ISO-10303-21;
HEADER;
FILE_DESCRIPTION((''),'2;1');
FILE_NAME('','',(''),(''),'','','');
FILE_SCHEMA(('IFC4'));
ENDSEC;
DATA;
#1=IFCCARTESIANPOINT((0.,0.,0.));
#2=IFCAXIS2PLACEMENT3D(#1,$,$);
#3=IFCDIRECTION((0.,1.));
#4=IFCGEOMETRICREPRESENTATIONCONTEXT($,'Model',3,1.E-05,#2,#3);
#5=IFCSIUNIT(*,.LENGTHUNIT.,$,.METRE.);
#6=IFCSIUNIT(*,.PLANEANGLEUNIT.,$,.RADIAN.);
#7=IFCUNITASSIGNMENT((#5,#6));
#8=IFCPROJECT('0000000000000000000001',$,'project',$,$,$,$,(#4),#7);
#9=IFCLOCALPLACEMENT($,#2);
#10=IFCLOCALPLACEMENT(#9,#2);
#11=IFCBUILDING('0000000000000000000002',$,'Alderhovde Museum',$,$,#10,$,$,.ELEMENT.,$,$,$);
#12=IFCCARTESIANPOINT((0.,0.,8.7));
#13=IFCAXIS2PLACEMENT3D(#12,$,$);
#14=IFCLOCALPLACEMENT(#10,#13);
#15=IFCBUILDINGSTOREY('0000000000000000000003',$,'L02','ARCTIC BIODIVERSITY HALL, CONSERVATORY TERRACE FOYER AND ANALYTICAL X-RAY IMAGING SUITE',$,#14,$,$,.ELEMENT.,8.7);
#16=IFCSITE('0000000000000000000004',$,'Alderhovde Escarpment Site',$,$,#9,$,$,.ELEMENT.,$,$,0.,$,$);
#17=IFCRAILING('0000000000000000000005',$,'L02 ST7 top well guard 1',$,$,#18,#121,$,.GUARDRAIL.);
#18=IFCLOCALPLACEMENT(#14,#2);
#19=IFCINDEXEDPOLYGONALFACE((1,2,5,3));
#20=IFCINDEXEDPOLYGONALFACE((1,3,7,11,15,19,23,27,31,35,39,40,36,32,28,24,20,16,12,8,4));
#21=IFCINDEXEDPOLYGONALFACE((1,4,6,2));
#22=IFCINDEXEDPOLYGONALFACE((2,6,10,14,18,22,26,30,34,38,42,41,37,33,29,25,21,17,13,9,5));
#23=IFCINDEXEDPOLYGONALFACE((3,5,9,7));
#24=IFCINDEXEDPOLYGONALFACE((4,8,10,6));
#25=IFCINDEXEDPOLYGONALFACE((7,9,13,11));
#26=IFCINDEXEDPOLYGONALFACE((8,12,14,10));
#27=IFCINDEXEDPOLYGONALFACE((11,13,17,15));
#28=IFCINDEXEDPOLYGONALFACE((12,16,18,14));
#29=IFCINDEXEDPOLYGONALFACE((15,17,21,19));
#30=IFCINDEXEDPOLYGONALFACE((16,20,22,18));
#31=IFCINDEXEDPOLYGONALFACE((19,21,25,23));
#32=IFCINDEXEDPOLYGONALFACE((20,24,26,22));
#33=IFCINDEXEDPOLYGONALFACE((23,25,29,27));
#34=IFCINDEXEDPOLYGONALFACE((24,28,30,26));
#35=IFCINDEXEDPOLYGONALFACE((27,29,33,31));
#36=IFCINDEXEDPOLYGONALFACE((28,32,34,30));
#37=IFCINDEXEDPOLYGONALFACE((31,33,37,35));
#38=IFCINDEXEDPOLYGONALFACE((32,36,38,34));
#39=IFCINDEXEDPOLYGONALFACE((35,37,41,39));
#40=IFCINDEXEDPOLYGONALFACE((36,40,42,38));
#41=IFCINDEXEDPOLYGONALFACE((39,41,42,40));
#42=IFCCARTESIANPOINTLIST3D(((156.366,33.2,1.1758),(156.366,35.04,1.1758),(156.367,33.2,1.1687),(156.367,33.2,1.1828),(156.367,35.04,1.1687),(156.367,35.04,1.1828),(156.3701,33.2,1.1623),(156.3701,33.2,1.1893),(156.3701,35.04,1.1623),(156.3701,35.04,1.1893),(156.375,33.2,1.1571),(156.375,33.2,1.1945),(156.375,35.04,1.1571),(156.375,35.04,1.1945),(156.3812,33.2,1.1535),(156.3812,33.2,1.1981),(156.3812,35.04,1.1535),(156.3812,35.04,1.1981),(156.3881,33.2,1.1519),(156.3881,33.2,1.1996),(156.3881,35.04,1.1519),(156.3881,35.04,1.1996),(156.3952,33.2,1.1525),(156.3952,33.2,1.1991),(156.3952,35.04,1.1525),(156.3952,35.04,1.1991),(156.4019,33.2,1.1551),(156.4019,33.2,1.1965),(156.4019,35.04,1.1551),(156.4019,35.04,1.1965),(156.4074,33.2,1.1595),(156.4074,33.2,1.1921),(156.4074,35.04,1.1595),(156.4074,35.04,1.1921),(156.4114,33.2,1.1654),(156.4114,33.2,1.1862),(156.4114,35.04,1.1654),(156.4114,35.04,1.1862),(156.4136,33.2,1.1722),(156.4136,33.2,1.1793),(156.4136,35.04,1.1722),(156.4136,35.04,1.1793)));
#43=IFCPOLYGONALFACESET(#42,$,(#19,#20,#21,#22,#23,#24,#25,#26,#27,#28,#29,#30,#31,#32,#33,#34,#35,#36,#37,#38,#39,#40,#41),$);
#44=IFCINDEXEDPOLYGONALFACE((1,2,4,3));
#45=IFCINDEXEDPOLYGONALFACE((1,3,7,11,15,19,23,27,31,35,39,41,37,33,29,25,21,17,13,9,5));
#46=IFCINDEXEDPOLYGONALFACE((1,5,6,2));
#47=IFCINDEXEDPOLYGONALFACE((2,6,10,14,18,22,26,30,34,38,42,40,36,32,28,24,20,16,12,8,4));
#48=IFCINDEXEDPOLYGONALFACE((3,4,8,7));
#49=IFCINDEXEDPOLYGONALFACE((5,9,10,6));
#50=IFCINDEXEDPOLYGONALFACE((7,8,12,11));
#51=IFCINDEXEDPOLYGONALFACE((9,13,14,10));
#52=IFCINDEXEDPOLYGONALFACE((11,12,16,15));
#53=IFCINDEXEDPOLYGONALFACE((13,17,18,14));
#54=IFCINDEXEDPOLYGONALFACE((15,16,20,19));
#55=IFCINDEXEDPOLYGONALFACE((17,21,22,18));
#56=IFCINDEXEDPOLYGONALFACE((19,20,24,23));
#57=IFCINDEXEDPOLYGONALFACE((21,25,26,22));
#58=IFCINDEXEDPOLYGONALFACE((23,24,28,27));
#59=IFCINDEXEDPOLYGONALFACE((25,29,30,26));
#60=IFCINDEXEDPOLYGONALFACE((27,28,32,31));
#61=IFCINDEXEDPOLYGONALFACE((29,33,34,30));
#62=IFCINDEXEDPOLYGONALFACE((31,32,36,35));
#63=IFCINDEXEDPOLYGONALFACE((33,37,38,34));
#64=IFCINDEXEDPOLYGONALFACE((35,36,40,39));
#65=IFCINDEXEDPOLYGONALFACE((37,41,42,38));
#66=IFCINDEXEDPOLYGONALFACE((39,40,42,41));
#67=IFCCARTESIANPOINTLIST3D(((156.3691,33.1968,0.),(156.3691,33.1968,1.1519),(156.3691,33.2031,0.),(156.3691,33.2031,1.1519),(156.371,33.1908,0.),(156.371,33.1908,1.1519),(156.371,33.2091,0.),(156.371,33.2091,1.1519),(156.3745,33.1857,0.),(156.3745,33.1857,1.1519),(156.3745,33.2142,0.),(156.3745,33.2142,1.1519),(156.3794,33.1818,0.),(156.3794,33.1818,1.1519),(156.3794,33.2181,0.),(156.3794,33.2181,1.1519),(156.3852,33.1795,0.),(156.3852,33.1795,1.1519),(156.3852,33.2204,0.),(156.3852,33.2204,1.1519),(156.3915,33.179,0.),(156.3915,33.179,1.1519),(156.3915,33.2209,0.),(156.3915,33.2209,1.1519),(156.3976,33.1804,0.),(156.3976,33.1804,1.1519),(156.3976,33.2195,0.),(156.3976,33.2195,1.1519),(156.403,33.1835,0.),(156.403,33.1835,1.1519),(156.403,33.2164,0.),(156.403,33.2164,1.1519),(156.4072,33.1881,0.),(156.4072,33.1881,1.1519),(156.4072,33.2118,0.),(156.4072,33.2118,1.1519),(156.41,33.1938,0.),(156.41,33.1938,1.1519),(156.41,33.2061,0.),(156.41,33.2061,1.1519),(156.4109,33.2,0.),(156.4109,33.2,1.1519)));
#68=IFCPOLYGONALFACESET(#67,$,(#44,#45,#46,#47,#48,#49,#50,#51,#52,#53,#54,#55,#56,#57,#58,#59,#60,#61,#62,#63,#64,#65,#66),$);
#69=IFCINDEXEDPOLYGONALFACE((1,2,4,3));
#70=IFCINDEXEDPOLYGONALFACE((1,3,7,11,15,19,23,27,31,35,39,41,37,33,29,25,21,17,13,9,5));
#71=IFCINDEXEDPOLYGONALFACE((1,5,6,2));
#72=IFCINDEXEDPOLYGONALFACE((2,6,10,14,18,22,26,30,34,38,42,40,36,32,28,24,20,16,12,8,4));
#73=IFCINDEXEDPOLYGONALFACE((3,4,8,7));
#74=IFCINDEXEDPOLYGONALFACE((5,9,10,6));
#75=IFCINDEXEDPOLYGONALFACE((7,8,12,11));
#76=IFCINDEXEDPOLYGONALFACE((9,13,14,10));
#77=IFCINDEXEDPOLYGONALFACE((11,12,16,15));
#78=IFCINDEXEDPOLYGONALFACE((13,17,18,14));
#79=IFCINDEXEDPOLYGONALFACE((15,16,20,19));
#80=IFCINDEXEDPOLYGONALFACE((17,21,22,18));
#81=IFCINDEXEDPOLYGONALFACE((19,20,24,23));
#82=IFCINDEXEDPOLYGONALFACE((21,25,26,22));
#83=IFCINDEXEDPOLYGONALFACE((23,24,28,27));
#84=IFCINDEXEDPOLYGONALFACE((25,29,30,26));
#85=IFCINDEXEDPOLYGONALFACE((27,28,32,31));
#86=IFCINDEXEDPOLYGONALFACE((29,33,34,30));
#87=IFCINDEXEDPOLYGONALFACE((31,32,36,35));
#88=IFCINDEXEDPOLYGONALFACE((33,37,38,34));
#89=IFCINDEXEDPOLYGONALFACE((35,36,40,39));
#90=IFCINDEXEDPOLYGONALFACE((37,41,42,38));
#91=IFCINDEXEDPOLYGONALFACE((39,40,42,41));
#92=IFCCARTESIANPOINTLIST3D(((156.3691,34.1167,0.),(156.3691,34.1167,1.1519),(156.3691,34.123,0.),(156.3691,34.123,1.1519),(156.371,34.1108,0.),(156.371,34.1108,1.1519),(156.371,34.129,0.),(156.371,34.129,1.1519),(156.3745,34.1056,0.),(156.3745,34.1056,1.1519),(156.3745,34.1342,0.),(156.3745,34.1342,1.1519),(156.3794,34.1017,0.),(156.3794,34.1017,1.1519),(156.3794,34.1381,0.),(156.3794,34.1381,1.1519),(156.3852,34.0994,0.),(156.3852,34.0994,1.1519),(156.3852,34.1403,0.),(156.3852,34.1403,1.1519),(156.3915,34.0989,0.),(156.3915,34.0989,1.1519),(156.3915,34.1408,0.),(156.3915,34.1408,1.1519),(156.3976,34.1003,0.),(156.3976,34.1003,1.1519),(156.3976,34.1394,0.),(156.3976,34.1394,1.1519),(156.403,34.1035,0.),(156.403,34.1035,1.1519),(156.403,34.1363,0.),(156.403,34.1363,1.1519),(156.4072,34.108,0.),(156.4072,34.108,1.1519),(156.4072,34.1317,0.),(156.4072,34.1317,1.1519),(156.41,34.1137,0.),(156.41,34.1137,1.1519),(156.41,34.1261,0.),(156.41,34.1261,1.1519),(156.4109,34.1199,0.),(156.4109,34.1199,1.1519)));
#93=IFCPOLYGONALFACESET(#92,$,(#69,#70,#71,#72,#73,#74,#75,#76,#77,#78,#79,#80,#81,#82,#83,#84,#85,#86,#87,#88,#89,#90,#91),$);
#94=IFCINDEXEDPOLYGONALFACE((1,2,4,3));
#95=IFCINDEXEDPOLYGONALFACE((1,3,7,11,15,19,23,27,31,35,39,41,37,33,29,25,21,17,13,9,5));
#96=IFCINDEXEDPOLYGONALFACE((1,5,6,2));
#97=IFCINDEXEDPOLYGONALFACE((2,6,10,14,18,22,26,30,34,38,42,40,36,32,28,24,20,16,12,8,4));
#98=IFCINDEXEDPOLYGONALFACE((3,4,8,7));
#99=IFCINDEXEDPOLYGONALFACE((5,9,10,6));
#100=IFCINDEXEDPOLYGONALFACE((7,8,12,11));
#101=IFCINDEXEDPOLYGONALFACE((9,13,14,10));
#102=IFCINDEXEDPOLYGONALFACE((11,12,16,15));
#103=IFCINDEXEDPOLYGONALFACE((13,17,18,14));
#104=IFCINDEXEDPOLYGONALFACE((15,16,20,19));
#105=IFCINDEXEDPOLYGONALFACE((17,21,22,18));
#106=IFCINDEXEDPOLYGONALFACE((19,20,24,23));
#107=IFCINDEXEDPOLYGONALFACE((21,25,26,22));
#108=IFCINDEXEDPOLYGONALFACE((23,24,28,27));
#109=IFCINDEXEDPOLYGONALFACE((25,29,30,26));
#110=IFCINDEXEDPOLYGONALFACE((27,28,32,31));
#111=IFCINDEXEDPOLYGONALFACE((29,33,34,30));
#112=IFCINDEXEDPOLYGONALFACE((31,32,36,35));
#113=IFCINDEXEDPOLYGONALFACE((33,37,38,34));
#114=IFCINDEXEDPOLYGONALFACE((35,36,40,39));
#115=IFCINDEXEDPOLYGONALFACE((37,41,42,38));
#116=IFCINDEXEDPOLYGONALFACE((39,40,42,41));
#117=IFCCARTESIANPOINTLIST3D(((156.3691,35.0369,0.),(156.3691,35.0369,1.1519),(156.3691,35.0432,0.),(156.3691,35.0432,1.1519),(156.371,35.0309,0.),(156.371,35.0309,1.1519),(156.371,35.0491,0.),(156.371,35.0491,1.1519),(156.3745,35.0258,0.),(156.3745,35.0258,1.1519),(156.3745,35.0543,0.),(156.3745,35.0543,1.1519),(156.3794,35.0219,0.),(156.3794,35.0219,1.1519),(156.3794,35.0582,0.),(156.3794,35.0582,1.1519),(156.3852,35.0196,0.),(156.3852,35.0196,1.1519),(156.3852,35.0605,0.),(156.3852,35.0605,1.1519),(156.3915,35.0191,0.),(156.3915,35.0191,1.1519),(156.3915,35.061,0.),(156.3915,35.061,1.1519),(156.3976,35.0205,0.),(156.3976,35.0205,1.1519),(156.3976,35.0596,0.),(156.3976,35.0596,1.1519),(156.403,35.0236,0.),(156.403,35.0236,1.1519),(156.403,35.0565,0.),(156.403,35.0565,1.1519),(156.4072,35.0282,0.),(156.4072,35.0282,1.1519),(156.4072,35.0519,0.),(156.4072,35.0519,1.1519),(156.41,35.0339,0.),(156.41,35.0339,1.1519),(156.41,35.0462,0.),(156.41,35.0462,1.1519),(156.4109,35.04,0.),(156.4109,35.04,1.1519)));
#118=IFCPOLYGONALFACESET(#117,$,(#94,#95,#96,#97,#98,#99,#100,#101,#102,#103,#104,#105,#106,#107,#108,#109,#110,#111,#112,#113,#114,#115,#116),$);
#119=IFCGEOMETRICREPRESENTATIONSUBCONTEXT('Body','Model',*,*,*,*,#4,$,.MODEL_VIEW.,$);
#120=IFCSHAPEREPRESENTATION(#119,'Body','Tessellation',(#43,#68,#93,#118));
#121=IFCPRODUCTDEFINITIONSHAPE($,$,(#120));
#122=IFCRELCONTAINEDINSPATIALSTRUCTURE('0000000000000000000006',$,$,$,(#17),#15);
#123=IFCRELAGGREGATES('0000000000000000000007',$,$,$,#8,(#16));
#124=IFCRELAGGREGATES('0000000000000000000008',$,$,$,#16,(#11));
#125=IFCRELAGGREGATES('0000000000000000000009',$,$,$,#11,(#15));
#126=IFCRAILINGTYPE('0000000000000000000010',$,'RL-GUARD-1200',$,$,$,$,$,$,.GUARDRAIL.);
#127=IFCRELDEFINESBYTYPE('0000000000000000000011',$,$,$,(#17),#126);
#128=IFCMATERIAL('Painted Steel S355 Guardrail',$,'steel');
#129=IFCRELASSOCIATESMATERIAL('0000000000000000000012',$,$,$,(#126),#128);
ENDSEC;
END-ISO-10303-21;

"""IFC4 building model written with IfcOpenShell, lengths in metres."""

from ifc_helpers import new_model, si_unit, direction, frame, origin, origin_2d, place, context, subcontext, project, spatial, circle, extrude, material, type_object, element, save


model = new_model("IFC4")

# Units and contexts
model_context = context("Model", 3, precision=1e-05, world=origin(), true_north=direction((0.0, 1.0)))
body_context = subcontext(model_context, "Body", "Model", "MODEL_VIEW")
ifc_project = project(units=[si_unit("LENGTHUNIT", "METRE"), si_unit("PLANEANGLEUNIT", "RADIAN")], contexts=[model_context])

# Site, building, storey
site_placement = place(None, origin())
site = spatial("IfcSite", under=ifc_project, at=site_placement, Name="Alderhovde Escarpment Site", CompositionType="ELEMENT", RefElevation=0.0)
building_placement = place(site_placement, origin())
building = spatial("IfcBuilding", under=site, at=building_placement, Name="Alderhovde Museum", CompositionType="ELEMENT")
storey_placement = place(building_placement, frame((0.0, 0.0, 8.7)))
storey = spatial("IfcBuildingStorey", under=building, at=storey_placement, Name="L02", Description="ARCTIC BIODIVERSITY HALL, CONSERVATORY TERRACE FOYER AND ANALYTICAL X-RAY IMAGING SUITE", CompositionType="ELEMENT", Elevation=8.7)

# Railing
ifc_material_1 = material(Name="Painted Steel S355 Guardrail", Category="steel")
railing_type_1 = type_object("IfcRailingType", Name="RL-GUARD-1200", PredefinedType="GUARDRAIL", material=ifc_material_1)
railing_1_placement = place(storey_placement, frame((156.3899, 33.2, 0.0)))
element("IfcRailing", 1, at=railing_1_placement, inside=storey, type_object=railing_type_1, Name="L02 ST7 top well guard 1", PredefinedType="GUARDRAIL", context=body_context, shape_type="SweptSolid", body=[
    extrude(circle(Radius=0.0239, at=origin_2d()), frame((0.0, 0.0, 1.1758), z_axis=(0.0, 1.0, 0.0), x_axis=(-1.0, 0.0, 0.0)), (0.0, 0.0, 1.0), 1.8401),
    extrude(circle(Radius=0.021, at=origin_2d()), origin(), (0.0, 0.0, 1.0), 1.1519),
    extrude(circle(Radius=0.021, at=origin_2d()), frame((0.0, 0.9199, 0.0)), (0.0, 0.0, 1.0), 1.1519),
    extrude(circle(Radius=0.021, at=origin_2d()), frame((0.0, 1.8401, 0.0)), (0.0, 0.0, 1.0), 1.1519),
])

save(model, "model.ifc")
